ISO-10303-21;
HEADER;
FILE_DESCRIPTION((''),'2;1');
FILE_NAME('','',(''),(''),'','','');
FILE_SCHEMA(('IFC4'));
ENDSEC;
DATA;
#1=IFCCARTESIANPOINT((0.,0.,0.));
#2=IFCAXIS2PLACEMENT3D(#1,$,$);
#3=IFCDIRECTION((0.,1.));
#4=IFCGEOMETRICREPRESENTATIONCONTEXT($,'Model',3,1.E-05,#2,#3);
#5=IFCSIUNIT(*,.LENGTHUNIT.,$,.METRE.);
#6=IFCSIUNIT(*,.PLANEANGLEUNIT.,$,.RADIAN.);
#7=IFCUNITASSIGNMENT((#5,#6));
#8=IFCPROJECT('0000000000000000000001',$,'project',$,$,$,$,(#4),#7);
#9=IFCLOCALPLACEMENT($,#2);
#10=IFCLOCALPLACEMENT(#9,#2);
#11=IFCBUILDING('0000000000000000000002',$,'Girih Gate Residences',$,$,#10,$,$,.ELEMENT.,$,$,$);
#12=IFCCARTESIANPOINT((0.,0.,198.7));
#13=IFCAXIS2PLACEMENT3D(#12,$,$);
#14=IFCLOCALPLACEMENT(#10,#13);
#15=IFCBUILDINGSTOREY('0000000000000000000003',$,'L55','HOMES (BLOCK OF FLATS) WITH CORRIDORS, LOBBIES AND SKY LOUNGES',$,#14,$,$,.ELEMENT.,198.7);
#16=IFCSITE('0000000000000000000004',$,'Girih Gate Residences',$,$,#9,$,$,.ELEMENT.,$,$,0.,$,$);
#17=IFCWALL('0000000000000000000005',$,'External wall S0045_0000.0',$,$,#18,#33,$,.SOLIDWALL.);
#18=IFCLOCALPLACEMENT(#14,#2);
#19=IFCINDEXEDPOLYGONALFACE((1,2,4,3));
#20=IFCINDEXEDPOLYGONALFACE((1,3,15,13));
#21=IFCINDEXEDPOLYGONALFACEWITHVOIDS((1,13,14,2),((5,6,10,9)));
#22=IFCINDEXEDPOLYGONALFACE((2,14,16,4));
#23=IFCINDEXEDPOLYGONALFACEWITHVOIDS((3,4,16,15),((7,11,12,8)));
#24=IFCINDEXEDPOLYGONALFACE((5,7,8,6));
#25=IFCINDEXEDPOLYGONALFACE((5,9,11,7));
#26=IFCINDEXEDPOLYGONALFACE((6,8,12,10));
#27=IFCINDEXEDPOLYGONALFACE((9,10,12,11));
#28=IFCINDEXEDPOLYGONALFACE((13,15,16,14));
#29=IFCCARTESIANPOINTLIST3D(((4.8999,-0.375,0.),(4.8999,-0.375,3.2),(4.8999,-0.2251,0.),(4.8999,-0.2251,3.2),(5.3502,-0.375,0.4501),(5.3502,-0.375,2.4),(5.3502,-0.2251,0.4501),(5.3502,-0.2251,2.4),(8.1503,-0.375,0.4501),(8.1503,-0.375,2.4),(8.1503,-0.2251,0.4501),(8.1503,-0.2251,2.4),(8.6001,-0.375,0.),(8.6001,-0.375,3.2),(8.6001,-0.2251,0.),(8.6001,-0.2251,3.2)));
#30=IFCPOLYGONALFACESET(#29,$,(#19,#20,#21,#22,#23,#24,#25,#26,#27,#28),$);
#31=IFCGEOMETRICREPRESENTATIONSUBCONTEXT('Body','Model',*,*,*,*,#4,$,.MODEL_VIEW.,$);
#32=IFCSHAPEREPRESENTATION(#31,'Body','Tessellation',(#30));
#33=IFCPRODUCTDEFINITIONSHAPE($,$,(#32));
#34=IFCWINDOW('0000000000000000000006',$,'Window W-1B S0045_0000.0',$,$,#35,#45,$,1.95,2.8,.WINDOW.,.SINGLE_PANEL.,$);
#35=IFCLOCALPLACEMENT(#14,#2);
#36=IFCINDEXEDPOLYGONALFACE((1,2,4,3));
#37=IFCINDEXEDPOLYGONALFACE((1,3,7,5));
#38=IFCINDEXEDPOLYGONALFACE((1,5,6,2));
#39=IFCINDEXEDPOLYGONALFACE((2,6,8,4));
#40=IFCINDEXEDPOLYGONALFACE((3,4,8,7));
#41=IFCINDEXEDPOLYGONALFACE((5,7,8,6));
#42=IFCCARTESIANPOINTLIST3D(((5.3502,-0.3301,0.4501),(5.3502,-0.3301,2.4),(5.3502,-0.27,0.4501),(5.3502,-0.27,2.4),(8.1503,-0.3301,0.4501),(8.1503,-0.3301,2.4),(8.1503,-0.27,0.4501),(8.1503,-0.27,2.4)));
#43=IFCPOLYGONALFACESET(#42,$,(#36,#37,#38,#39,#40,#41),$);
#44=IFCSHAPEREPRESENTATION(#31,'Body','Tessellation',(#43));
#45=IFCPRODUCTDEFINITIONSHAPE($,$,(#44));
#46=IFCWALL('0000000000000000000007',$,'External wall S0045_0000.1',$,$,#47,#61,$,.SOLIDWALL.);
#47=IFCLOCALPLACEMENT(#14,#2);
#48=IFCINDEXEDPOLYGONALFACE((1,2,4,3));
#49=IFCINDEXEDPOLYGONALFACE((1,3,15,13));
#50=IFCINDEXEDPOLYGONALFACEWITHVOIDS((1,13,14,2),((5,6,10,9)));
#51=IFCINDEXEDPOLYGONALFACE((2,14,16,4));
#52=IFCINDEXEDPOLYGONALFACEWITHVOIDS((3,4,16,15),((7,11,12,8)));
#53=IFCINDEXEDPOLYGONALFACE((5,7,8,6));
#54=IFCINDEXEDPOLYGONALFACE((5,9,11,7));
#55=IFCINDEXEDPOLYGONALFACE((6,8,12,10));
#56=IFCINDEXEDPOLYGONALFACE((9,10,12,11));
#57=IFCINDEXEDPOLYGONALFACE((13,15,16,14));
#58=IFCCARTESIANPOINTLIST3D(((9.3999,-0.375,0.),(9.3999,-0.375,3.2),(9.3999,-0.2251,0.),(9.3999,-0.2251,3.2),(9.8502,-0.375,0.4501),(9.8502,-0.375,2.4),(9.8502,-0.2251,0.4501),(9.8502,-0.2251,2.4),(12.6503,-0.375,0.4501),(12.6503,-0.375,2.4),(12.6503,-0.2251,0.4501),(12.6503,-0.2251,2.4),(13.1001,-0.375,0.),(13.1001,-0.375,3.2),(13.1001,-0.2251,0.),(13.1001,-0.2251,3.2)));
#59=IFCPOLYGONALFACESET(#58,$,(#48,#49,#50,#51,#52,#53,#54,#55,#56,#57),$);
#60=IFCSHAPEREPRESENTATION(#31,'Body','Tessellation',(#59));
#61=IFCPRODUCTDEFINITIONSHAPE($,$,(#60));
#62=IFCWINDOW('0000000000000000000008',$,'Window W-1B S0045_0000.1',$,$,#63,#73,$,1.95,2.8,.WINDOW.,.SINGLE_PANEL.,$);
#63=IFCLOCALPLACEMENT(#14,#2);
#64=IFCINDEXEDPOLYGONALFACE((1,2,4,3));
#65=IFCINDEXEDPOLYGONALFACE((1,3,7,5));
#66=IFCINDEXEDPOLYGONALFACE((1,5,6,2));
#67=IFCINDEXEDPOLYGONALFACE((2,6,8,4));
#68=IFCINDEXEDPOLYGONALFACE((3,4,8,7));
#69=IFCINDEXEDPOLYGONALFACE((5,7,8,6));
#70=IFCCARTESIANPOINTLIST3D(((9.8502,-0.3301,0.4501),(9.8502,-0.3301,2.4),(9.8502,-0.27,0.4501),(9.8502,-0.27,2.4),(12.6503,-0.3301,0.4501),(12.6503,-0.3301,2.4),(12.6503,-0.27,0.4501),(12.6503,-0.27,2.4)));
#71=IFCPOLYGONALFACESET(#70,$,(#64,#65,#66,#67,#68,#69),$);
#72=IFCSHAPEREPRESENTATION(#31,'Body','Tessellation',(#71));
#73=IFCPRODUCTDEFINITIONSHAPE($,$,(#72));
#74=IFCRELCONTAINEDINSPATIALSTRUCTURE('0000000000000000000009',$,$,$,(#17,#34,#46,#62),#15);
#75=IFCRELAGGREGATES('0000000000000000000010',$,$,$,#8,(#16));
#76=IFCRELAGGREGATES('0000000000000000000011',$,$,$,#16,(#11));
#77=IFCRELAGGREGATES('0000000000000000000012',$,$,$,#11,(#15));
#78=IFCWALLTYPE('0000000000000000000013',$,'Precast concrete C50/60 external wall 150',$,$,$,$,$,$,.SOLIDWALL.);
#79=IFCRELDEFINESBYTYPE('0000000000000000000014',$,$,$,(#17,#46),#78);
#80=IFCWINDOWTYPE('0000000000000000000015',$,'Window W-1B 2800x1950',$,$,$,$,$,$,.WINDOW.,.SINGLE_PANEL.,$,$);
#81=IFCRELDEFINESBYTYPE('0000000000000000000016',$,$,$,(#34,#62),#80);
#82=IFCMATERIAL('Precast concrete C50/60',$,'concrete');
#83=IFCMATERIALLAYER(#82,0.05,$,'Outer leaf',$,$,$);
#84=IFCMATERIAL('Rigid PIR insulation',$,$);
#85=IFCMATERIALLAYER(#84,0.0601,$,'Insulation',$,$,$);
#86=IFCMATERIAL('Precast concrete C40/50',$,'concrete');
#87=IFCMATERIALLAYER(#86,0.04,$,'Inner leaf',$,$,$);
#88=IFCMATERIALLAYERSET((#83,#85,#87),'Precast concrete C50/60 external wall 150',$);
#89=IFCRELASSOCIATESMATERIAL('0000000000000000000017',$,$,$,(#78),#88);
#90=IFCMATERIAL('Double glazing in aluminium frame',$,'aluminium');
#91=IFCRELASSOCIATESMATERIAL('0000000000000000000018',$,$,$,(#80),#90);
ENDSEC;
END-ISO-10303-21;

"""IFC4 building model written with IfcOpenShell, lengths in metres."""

from ifc_helpers import new_model, si_unit, direction, frame, frame_2d, origin, place, context, subcontext, project, spatial, rectangle, extrude, material, layer, layer_set, type_object, element, fill, save


model = new_model("IFC4")

# Units and contexts
model_context = context("Model", 3, precision=1e-05, world=origin(), true_north=direction((0.0, 1.0)))
body_context = subcontext(model_context, "Body", "Model", "MODEL_VIEW")
ifc_project = project(units=[si_unit("LENGTHUNIT", "METRE"), si_unit("PLANEANGLEUNIT", "RADIAN")], contexts=[model_context])

# Site, building, storey
site_placement = place(None, origin())
site = spatial("IfcSite", under=ifc_project, at=site_placement, Name="Girih Gate Residences", CompositionType="ELEMENT", RefElevation=0.0)
building_placement = place(site_placement, origin())
building = spatial("IfcBuilding", under=site, at=building_placement, Name="Girih Gate Residences", CompositionType="ELEMENT")
storey_placement = place(building_placement, frame((0.0, 0.0, 198.7)))
storey = spatial("IfcBuildingStorey", under=building, at=storey_placement, Name="L55", Description="HOMES (BLOCK OF FLATS) WITH CORRIDORS, LOBBIES AND SKY LOUNGES", CompositionType="ELEMENT", Elevation=198.7)

# Walls, openings, windows
ifc_material_1 = material(Name="Precast concrete C50/60", Category="concrete")
ifc_layer_1 = layer(ifc_material_1, 0.05, Name="Outer leaf")
ifc_material_2 = material(Name="Rigid PIR insulation")
ifc_layer_2 = layer(ifc_material_2, 0.0601, Name="Insulation")
ifc_material_3 = material(Name="Precast concrete C40/50", Category="concrete")
ifc_layer_3 = layer(ifc_material_3, 0.04, Name="Inner leaf")
ifc_layer_set_1 = layer_set([ifc_layer_1, ifc_layer_2, ifc_layer_3], Name="Precast concrete C50/60 external wall 150")
wall_type_1 = type_object("IfcWallType", Name="Precast concrete C50/60 external wall 150", PredefinedType="SOLIDWALL", material=ifc_layer_set_1)
ifc_material_4 = material(Name="Double glazing in aluminium frame", Category="aluminium")
wall_1_placement = place(storey_placement, frame((8.6001, -0.3, 0.0), z_axis=(0.0, 0.0, 1.0), x_axis=(-1.0, 0.0, 0.0)))
wall_1 = element("IfcWall", 1, at=wall_1_placement, inside=storey, type_object=wall_type_1, Name="External wall S0045_0000.0", PredefinedType="SOLIDWALL", context=body_context, shape_type="SweptSolid", body=[
    extrude(rectangle(XDim=3.7002, YDim=0.1499, at=frame_2d((1.8501, 0.0))), origin(), (0.0, 0.0, 1.0), 3.2),
])
opening_1_placement = place(wall_1_placement, frame((0.45, 0.0, 0.45)))
opening_1 = element("IfcOpeningElement", 2, at=opening_1_placement, cuts=wall_1, PredefinedType="OPENING", context=body_context, shape_type="SweptSolid", body=[
    extrude(rectangle(XDim=2.8, YDim=1.95, at=frame_2d((1.3999, 0.9751))), frame((0.0, 0.085, 0.0), z_axis=(0.0, -1.0, 0.0), x_axis=(1.0, 0.0, 0.0)), (0.0, 0.0, 1.0), 0.1699),
])
window_type_1 = type_object("IfcWindowType", Name="Window W-1B 2800x1950", PartitioningType="SINGLE_PANEL", PredefinedType="WINDOW", material=ifc_material_4)
window_1_placement = place(opening_1_placement, origin())
window_1 = element("IfcWindow", 3, at=window_1_placement, inside=storey, type_object=window_type_1, Name="Window W-1B S0045_0000.0", OverallHeight=1.95, OverallWidth=2.8, PartitioningType="SINGLE_PANEL", PredefinedType="WINDOW", context=body_context, shape_type="SweptSolid", body=[
    extrude(rectangle(XDim=2.8, YDim=1.95, at=frame_2d((1.3999, 0.9751))), frame((0.0, 0.03, 0.0), z_axis=(0.0, -1.0, 0.0), x_axis=(1.0, 0.0, 0.0)), (0.0, 0.0, 1.0), 0.0601),
])
fill(opening_1, window_1)
wall_2_placement = place(storey_placement, frame((13.1001, -0.3, 0.0), z_axis=(0.0, 0.0, 1.0), x_axis=(-1.0, 0.0, 0.0)))
wall_2 = element("IfcWall", 4, at=wall_2_placement, inside=storey, type_object=wall_type_1, Name="External wall S0045_0000.1", PredefinedType="SOLIDWALL", context=body_context, shape_type="SweptSolid", body=[
    extrude(rectangle(XDim=3.7002, YDim=0.1499, at=frame_2d((1.8501, 0.0))), origin(), (0.0, 0.0, 1.0), 3.2),
])
opening_2_placement = place(wall_2_placement, frame((0.45, 0.0, 0.45)))
opening_2 = element("IfcOpeningElement", 5, at=opening_2_placement, cuts=wall_2, PredefinedType="OPENING", context=body_context, shape_type="SweptSolid", body=[
    extrude(rectangle(XDim=2.8, YDim=1.95, at=frame_2d((1.3999, 0.9751))), frame((0.0, 0.085, 0.0), z_axis=(0.0, -1.0, 0.0), x_axis=(1.0, 0.0, 0.0)), (0.0, 0.0, 1.0), 0.1699),
])
window_2_placement = place(opening_2_placement, origin())
window_2 = element("IfcWindow", 6, at=window_2_placement, inside=storey, type_object=window_type_1, Name="Window W-1B S0045_0000.1", OverallHeight=1.95, OverallWidth=2.8, PartitioningType="SINGLE_PANEL", PredefinedType="WINDOW", context=body_context, shape_type="SweptSolid", body=[
    extrude(rectangle(XDim=2.8, YDim=1.95, at=frame_2d((1.3999, 0.9751))), frame((0.0, 0.03, 0.0), z_axis=(0.0, -1.0, 0.0), x_axis=(1.0, 0.0, 0.0)), (0.0, 0.0, 1.0), 0.0601),
])
fill(opening_2, window_2)

save(model, "model.ifc")
